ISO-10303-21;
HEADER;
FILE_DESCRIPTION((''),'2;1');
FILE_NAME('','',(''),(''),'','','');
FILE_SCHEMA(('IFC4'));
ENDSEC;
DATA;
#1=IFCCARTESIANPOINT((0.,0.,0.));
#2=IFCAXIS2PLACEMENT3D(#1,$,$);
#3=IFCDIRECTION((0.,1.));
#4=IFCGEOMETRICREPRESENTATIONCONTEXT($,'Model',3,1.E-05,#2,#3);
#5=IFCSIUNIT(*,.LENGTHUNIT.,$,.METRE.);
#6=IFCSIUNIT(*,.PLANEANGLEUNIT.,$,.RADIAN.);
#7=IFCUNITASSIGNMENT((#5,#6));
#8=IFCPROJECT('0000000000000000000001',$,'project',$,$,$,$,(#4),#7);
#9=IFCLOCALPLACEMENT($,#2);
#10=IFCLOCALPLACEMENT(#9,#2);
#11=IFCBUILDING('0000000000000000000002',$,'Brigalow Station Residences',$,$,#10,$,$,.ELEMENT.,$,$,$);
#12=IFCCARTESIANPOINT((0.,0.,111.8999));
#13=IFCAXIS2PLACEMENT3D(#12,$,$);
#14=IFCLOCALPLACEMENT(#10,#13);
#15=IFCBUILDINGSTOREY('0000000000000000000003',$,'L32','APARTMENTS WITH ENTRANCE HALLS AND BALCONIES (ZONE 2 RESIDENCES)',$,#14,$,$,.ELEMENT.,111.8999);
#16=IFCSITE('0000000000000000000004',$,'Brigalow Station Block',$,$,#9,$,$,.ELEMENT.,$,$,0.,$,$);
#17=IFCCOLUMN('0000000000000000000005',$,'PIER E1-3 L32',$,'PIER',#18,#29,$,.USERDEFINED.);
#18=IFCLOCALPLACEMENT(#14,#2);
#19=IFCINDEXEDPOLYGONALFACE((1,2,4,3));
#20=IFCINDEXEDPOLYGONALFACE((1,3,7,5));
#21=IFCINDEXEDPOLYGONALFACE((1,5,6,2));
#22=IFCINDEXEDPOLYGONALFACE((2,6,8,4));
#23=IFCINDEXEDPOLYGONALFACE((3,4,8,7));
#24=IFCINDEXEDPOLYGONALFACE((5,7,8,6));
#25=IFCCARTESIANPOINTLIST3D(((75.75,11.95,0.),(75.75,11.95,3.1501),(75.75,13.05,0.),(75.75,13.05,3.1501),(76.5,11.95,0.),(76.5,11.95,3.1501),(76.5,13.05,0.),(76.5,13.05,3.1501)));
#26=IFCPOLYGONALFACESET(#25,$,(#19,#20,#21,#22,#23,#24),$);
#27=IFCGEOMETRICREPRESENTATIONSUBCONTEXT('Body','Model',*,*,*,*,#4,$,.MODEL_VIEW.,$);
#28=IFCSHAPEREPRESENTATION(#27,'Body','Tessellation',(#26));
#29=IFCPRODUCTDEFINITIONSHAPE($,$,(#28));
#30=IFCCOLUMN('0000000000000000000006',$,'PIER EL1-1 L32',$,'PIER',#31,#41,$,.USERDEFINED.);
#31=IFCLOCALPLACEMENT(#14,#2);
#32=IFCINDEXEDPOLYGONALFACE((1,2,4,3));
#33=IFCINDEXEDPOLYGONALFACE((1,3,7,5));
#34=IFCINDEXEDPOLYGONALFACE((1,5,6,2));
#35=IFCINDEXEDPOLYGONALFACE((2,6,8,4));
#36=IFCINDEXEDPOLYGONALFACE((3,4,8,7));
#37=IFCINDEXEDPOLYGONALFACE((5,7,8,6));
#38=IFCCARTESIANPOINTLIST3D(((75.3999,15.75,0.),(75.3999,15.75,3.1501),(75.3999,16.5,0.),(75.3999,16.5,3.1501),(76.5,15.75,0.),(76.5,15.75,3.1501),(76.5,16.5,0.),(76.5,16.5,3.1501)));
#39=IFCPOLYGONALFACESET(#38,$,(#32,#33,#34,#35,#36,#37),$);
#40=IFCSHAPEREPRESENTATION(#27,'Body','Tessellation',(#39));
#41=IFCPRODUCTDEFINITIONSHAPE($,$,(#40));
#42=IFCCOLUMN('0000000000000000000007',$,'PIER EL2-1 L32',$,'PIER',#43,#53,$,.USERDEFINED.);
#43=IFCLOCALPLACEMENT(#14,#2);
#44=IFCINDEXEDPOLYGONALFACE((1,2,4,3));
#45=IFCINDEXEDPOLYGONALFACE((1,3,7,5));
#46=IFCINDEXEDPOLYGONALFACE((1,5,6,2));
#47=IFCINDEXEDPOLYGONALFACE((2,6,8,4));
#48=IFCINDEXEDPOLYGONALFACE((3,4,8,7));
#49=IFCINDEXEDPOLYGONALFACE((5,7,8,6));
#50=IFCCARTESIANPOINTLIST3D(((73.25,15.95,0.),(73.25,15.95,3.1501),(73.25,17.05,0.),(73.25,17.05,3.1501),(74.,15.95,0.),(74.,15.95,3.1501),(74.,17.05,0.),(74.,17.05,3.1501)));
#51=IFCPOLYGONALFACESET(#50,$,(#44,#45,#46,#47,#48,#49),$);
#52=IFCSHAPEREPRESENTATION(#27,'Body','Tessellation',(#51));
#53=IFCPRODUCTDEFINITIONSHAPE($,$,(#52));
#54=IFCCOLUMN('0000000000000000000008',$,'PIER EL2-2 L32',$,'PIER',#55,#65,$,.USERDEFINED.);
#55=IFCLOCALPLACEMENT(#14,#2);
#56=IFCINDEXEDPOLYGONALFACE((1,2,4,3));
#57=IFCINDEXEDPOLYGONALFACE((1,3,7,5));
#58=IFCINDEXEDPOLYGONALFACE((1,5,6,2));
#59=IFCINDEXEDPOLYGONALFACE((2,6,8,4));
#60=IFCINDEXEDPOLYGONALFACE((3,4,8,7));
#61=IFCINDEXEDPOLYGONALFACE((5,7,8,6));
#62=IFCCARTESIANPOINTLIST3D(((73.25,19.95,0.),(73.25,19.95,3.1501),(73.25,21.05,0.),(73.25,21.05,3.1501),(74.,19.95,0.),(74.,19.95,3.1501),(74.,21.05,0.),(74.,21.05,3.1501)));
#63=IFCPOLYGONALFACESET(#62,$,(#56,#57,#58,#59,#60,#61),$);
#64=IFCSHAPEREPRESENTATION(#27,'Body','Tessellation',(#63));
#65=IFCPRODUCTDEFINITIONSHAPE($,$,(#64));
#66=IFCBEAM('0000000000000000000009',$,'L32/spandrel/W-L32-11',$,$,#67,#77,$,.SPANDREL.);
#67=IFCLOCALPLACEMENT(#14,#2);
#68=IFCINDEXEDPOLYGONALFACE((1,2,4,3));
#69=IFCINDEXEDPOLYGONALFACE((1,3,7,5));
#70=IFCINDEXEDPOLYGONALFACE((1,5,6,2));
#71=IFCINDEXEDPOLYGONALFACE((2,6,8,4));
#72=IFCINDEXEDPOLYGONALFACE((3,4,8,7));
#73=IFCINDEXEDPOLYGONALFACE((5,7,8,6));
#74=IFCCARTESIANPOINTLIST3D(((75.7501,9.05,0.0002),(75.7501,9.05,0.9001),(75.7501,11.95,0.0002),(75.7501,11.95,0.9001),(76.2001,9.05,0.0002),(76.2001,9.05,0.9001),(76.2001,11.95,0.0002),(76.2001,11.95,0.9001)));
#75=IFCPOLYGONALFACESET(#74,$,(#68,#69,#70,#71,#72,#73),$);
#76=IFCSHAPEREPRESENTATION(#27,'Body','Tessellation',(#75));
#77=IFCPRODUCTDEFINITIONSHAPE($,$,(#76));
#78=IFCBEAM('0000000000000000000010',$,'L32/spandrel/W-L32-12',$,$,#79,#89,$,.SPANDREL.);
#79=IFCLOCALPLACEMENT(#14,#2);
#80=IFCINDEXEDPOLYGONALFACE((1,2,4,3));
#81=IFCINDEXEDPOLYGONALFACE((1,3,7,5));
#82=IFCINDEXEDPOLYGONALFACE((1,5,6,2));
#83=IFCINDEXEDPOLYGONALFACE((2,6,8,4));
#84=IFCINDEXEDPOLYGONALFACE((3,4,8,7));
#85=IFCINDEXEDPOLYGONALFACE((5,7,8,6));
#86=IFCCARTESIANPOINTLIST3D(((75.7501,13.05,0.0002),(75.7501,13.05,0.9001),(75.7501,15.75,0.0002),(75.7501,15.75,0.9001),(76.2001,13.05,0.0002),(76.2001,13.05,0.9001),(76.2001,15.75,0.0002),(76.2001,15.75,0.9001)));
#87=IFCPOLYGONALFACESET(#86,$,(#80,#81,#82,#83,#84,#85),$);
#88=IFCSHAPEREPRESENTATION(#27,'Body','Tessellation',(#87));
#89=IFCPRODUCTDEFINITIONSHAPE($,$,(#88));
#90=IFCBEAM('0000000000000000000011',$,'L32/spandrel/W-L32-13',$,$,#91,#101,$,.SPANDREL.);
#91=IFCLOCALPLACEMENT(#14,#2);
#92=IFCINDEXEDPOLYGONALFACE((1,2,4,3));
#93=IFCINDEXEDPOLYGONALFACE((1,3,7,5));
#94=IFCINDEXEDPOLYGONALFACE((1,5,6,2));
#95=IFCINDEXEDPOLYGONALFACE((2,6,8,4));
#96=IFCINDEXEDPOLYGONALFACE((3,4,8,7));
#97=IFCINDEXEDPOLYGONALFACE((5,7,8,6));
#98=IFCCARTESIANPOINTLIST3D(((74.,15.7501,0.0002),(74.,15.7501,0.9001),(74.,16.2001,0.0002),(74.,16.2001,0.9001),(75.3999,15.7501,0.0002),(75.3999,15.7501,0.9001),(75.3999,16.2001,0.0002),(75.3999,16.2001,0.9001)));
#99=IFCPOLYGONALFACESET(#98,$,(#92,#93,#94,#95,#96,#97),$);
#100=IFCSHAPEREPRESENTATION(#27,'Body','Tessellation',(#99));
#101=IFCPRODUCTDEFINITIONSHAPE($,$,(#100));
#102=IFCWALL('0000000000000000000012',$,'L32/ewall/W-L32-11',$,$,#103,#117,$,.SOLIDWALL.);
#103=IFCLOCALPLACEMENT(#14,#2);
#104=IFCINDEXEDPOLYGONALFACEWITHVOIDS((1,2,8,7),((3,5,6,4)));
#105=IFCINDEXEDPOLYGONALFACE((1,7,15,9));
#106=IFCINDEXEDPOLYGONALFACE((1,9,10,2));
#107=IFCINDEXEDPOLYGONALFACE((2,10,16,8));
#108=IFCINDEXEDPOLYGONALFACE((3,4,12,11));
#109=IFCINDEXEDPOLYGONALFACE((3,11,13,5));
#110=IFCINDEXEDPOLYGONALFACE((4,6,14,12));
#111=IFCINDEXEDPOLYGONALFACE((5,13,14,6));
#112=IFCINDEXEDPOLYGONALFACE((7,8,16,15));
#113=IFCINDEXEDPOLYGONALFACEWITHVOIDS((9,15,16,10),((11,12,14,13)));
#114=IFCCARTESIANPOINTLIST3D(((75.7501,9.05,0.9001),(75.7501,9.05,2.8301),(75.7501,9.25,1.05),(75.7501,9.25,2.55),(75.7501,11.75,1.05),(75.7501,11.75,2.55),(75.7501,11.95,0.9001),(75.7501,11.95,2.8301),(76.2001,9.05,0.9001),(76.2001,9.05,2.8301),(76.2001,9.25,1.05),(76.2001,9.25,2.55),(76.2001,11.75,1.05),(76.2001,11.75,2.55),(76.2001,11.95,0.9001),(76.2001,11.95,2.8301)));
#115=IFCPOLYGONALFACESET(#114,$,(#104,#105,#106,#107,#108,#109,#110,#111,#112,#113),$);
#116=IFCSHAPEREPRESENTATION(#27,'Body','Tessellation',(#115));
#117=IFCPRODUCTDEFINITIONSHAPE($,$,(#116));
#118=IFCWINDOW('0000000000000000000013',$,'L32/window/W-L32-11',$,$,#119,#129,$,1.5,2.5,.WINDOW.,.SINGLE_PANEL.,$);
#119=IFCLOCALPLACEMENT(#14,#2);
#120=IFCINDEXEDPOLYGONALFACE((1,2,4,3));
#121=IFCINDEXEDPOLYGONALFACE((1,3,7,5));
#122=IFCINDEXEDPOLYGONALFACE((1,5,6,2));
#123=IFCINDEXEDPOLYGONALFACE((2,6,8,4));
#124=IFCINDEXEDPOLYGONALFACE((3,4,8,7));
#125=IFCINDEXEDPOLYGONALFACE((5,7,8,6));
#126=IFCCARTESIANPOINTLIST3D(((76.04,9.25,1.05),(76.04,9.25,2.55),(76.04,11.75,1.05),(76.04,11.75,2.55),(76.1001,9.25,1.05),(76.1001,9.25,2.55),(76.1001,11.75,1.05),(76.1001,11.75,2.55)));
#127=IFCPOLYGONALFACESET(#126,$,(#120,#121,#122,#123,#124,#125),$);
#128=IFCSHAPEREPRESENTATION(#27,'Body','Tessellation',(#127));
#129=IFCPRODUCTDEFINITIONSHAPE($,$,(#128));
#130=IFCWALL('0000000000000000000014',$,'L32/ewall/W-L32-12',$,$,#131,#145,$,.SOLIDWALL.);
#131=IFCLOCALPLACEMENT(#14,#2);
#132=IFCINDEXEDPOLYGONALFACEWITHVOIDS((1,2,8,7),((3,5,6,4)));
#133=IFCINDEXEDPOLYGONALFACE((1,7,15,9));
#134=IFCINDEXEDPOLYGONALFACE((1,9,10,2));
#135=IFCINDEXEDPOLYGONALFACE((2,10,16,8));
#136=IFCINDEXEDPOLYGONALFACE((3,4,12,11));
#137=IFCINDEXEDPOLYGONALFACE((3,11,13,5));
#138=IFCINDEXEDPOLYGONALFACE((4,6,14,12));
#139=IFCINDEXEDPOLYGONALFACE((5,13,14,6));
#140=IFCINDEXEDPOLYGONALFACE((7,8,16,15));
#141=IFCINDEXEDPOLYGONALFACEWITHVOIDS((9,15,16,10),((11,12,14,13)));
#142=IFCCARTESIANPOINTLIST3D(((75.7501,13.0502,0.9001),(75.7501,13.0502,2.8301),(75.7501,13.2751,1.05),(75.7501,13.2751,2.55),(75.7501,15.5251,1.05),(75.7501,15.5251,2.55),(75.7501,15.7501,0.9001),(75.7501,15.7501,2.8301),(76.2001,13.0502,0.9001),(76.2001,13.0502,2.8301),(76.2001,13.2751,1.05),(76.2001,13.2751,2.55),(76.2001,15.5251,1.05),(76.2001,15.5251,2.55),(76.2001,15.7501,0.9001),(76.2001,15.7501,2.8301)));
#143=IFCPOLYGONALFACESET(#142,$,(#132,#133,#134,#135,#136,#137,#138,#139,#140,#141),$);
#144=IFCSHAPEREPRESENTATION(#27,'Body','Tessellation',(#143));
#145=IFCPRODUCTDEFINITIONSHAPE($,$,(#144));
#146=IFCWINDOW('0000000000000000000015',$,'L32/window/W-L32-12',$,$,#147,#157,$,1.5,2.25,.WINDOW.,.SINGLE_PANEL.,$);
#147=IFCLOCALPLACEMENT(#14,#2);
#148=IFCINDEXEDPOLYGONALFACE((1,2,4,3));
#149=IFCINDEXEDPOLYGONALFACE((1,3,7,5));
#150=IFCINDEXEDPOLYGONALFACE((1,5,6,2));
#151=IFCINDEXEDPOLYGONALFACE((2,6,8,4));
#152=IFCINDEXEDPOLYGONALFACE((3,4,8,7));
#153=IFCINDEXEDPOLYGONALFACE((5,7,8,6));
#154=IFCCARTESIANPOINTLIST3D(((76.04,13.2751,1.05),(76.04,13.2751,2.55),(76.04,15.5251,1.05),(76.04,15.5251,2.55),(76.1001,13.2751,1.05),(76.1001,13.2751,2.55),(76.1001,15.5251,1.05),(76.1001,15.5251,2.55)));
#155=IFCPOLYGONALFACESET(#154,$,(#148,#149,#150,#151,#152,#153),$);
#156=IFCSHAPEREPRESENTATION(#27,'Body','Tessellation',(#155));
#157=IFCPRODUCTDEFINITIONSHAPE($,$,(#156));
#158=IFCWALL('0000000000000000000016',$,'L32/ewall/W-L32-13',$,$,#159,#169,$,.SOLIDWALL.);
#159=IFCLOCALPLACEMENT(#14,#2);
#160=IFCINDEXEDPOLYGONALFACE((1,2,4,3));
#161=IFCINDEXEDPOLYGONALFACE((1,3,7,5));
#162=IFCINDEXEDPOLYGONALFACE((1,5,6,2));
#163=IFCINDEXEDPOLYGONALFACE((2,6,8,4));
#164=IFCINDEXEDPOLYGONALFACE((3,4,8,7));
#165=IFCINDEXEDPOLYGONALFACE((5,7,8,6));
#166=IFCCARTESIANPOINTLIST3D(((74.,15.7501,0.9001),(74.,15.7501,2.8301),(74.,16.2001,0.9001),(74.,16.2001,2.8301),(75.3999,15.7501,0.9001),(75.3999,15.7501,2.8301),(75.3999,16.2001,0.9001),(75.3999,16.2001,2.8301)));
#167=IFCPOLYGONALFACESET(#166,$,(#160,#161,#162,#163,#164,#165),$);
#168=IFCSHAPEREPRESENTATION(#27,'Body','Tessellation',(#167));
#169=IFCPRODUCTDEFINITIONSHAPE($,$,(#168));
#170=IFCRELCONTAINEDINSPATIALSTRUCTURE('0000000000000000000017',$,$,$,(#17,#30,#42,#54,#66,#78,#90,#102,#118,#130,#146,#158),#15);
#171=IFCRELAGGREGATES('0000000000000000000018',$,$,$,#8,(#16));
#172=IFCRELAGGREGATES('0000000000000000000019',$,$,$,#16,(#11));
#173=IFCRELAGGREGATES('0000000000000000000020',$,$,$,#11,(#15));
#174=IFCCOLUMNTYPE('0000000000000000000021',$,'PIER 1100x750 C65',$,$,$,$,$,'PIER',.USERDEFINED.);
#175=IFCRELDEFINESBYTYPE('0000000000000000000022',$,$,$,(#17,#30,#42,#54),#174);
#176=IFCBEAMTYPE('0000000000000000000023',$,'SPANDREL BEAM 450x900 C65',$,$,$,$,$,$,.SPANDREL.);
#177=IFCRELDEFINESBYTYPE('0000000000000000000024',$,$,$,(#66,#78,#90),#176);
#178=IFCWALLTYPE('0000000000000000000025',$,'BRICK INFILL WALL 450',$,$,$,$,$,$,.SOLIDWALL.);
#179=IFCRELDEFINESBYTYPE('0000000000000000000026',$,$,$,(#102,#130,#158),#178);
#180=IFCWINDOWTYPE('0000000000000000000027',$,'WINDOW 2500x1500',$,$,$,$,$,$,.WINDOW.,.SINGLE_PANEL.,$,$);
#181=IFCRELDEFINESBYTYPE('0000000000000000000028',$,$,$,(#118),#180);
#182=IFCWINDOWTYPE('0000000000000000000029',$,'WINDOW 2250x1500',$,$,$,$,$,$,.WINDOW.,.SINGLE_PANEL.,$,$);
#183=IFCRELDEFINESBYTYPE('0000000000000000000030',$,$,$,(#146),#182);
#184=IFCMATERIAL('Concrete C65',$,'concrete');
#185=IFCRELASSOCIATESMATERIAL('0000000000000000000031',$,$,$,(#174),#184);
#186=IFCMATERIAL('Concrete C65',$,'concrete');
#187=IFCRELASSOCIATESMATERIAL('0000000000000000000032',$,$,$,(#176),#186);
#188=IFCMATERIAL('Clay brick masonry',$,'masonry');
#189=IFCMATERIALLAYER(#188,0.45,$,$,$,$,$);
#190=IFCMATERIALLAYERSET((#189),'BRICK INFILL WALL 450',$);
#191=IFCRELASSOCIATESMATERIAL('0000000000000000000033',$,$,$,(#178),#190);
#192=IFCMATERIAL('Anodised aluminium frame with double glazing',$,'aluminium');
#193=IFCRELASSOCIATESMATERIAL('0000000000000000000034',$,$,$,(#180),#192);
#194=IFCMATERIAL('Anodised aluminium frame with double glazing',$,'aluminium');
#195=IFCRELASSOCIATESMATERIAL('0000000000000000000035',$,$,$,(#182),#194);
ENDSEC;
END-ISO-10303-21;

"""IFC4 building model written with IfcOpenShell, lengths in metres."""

from ifc_helpers import new_model, si_unit, direction, frame, frame_2d, origin, origin_2d, place, context, subcontext, project, spatial, rectangle, extrude, material, layer, layer_set, material_profile, profile_set, type_object, element, fill, save


model = new_model("IFC4")

# Units and contexts
model_context = context("Model", 3, precision=1e-05, world=origin(), true_north=direction((0.0, 1.0)))
body_context = subcontext(model_context, "Body", "Model", "MODEL_VIEW")
ifc_project = project(units=[si_unit("LENGTHUNIT", "METRE"), si_unit("PLANEANGLEUNIT", "RADIAN")], contexts=[model_context])

# Site, building, storey
site_placement = place(None, origin())
site = spatial("IfcSite", under=ifc_project, at=site_placement, Name="Brigalow Station Block", CompositionType="ELEMENT", RefElevation=0.0)
building_placement = place(site_placement, origin())
building = spatial("IfcBuilding", under=site, at=building_placement, Name="Brigalow Station Residences", CompositionType="ELEMENT")
storey_placement = place(building_placement, frame((0.0, 0.0, 111.8999)))
storey = spatial("IfcBuildingStorey", under=building, at=storey_placement, Name="L32", Description="APARTMENTS WITH ENTRANCE HALLS AND BALCONIES (ZONE 2 RESIDENCES)", CompositionType="ELEMENT", Elevation=111.8999)

# Columns
ifc_material_1 = material(Name="Concrete C65", Category="concrete")
ifc_material_profile_1 = material_profile(ifc_material_1, rectangle(XDim=1.1001, YDim=0.75, at=origin_2d()), Name="RC1100x750")
ifc_profile_set_1 = profile_set([ifc_material_profile_1], Name="Concrete C65")
column_type = type_object("IfcColumnType", Name="PIER 1100x750 C65", ElementType="PIER", PredefinedType="USERDEFINED", material=ifc_profile_set_1)
for number, where, z_axis, x_axis, name in (
    (1, (76.125, 12.5, 0.0), (0.0, 0.0, 1.0), (0.0, 1.0, 0.0), "PIER E1-3 L32"),
    (2, (75.95, 16.125, 0.0), (0.0, 0.0, 1.0), (-1.0, 0.0, 0.0), "PIER EL1-1 L32"),
    (3, (73.625, 16.5, 0.0), (0.0, 0.0, 1.0), (0.0, 1.0, 0.0), "PIER EL2-1 L32"),
    (4, (73.625, 20.5, 0.0), (0.0, 0.0, 1.0), (0.0, 1.0, 0.0), "PIER EL2-2 L32"),
):
    element("IfcColumn", number, at=place(storey_placement, frame(where, z_axis=z_axis, x_axis=x_axis)), inside=storey, type_object=column_type, Name=name, ObjectType="PIER", PredefinedType="USERDEFINED", context=body_context, shape_type="SweptSolid", body=[
        extrude(rectangle(XDim=1.1001, YDim=0.75, at=origin_2d()), origin(), (0.0, 0.0, 1.0), 3.1501),
    ])

# Beams
ifc_material_2 = material(Name="Concrete C65", Category="concrete")
ifc_material_profile_2 = material_profile(ifc_material_2, rectangle(XDim=0.45, YDim=0.8999, at=origin_2d()), Name="RC450x900")
ifc_profile_set_2 = profile_set([ifc_material_profile_2], Name="Concrete C65")
beam_type = type_object("IfcBeamType", Name="SPANDREL BEAM 450x900 C65", PredefinedType="SPANDREL", material=ifc_profile_set_2)
beam_1_placement = place(storey_placement, frame((75.9751, 9.05, 0.4502), z_axis=(0.0, 1.0, 0.0), x_axis=(-1.0, 0.0, 0.0)))
element("IfcBeam", 5, at=beam_1_placement, inside=storey, type_object=beam_type, Name="L32/spandrel/W-L32-11", PredefinedType="SPANDREL", context=body_context, shape_type="SweptSolid", body=[
    extrude(rectangle(XDim=0.45, YDim=0.8999, at=origin_2d()), origin(), (0.0, 0.0, 1.0), 2.8999),
])
beam_2_placement = place(storey_placement, frame((75.9751, 13.05, 0.4502), z_axis=(0.0, 1.0, 0.0), x_axis=(-1.0, 0.0, 0.0)))
element("IfcBeam", 6, at=beam_2_placement, inside=storey, type_object=beam_type, Name="L32/spandrel/W-L32-12", PredefinedType="SPANDREL", context=body_context, shape_type="SweptSolid", body=[
    extrude(rectangle(XDim=0.45, YDim=0.8999, at=origin_2d()), origin(), (0.0, 0.0, 1.0), 2.7),
])
beam_3_placement = place(storey_placement, frame((75.3999, 15.9751, 0.4502), z_axis=(-1.0, 0.0, 0.0), x_axis=(0.0, -1.0, 0.0)))
element("IfcBeam", 7, at=beam_3_placement, inside=storey, type_object=beam_type, Name="L32/spandrel/W-L32-13", PredefinedType="SPANDREL", context=body_context, shape_type="SweptSolid", body=[
    extrude(rectangle(XDim=0.45, YDim=0.8999, at=origin_2d()), origin(), (0.0, 0.0, 1.0), 1.3999),
])

# Walls, openings, windows
ifc_material_3 = material(Name="Clay brick masonry", Category="masonry")
ifc_layer = layer(ifc_material_3, 0.45)
ifc_layer_set = layer_set([ifc_layer], Name="BRICK INFILL WALL 450")
wall_type = type_object("IfcWallType", Name="BRICK INFILL WALL 450", PredefinedType="SOLIDWALL", material=ifc_layer_set)
wall_1_placement = place(storey_placement, frame((75.9751, 9.05, 0.9001), z_axis=(0.0, 0.0, 1.0), x_axis=(0.0, 1.0, 0.0)))
wall_1 = element("IfcWall", 8, at=wall_1_placement, inside=storey, type_object=wall_type, Name="L32/ewall/W-L32-11", PredefinedType="SOLIDWALL", context=body_context, shape_type="SweptSolid", body=[
    extrude(rectangle(XDim=2.8999, YDim=0.45, at=frame_2d((1.45, 0.0))), origin(), (0.0, 0.0, 1.0), 1.9299),
])
opening_1_placement = place(wall_1_placement, frame((0.2, 0.0, 0.1499)))
opening_1 = element("IfcOpeningElement", 9, at=opening_1_placement, cuts=wall_1, PredefinedType="OPENING", context=body_context, shape_type="SweptSolid", body=[
    extrude(rectangle(XDim=2.5, YDim=1.5, at=frame_2d((1.25, 0.75))), frame((0.0, 0.2349, 0.0), z_axis=(0.0, -1.0, 0.0), x_axis=(1.0, 0.0, 0.0)), (0.0, 0.0, 1.0), 0.47),
])
ifc_material_4 = material(Name="Anodised aluminium frame with double glazing", Category="aluminium")
window_type_1 = type_object("IfcWindowType", Name="WINDOW 2500x1500", PartitioningType="SINGLE_PANEL", PredefinedType="WINDOW", material=ifc_material_4)
window_1_placement = place(opening_1_placement, origin())
window_1 = element("IfcWindow", 10, at=window_1_placement, inside=storey, type_object=window_type_1, Name="L32/window/W-L32-11", OverallHeight=1.5, OverallWidth=2.5, PartitioningType="SINGLE_PANEL", PredefinedType="WINDOW", context=body_context, shape_type="SweptSolid", body=[
    extrude(rectangle(XDim=2.5, YDim=1.5, at=frame_2d((1.25, 0.75))), frame((0.0, -0.0649, 0.0), z_axis=(0.0, -1.0, 0.0), x_axis=(1.0, 0.0, 0.0)), (0.0, 0.0, 1.0), 0.0601),
])
fill(opening_1, window_1)
wall_2_placement = place(storey_placement, frame((75.9751, 13.05, 0.9001), z_axis=(0.0, 0.0, 1.0), x_axis=(0.0, 1.0, 0.0)))
wall_2 = element("IfcWall", 11, at=wall_2_placement, inside=storey, type_object=wall_type, Name="L32/ewall/W-L32-12", PredefinedType="SOLIDWALL", context=body_context, shape_type="SweptSolid", body=[
    extrude(rectangle(XDim=2.7, YDim=0.45, at=frame_2d((1.3501, 0.0))), origin(), (0.0, 0.0, 1.0), 1.9299),
])
opening_2_placement = place(wall_2_placement, frame((0.2251, 0.0, 0.1499)))
opening_2 = element("IfcOpeningElement", 12, at=opening_2_placement, cuts=wall_2, PredefinedType="OPENING", context=body_context, shape_type="SweptSolid", body=[
    extrude(rectangle(XDim=2.25, YDim=1.5, at=frame_2d((1.125, 0.75))), frame((0.0, 0.2349, 0.0), z_axis=(0.0, -1.0, 0.0), x_axis=(1.0, 0.0, 0.0)), (0.0, 0.0, 1.0), 0.47),
])
ifc_material_5 = material(Name="Anodised aluminium frame with double glazing", Category="aluminium")
window_type_2 = type_object("IfcWindowType", Name="WINDOW 2250x1500", PartitioningType="SINGLE_PANEL", PredefinedType="WINDOW", material=ifc_material_5)
window_2_placement = place(opening_2_placement, origin())
window_2 = element("IfcWindow", 13, at=window_2_placement, inside=storey, type_object=window_type_2, Name="L32/window/W-L32-12", OverallHeight=1.5, OverallWidth=2.25, PartitioningType="SINGLE_PANEL", PredefinedType="WINDOW", context=body_context, shape_type="SweptSolid", body=[
    extrude(rectangle(XDim=2.25, YDim=1.5, at=frame_2d((1.125, 0.75))), frame((0.0, -0.0649, 0.0), z_axis=(0.0, -1.0, 0.0), x_axis=(1.0, 0.0, 0.0)), (0.0, 0.0, 1.0), 0.0601),
])
fill(opening_2, window_2)

# Wall
wall_3_placement = place(storey_placement, frame((75.3999, 15.9751, 0.9001), z_axis=(0.0, 0.0, 1.0), x_axis=(-1.0, 0.0, 0.0)))
element("IfcWall", 14, at=wall_3_placement, inside=storey, type_object=wall_type, Name="L32/ewall/W-L32-13", PredefinedType="SOLIDWALL", context=body_context, shape_type="SweptSolid", body=[
    extrude(rectangle(XDim=1.3999, YDim=0.45, at=frame_2d((0.7, 0.0))), origin(), (0.0, 0.0, 1.0), 1.9299),
])

save(model, "model.ifc")
